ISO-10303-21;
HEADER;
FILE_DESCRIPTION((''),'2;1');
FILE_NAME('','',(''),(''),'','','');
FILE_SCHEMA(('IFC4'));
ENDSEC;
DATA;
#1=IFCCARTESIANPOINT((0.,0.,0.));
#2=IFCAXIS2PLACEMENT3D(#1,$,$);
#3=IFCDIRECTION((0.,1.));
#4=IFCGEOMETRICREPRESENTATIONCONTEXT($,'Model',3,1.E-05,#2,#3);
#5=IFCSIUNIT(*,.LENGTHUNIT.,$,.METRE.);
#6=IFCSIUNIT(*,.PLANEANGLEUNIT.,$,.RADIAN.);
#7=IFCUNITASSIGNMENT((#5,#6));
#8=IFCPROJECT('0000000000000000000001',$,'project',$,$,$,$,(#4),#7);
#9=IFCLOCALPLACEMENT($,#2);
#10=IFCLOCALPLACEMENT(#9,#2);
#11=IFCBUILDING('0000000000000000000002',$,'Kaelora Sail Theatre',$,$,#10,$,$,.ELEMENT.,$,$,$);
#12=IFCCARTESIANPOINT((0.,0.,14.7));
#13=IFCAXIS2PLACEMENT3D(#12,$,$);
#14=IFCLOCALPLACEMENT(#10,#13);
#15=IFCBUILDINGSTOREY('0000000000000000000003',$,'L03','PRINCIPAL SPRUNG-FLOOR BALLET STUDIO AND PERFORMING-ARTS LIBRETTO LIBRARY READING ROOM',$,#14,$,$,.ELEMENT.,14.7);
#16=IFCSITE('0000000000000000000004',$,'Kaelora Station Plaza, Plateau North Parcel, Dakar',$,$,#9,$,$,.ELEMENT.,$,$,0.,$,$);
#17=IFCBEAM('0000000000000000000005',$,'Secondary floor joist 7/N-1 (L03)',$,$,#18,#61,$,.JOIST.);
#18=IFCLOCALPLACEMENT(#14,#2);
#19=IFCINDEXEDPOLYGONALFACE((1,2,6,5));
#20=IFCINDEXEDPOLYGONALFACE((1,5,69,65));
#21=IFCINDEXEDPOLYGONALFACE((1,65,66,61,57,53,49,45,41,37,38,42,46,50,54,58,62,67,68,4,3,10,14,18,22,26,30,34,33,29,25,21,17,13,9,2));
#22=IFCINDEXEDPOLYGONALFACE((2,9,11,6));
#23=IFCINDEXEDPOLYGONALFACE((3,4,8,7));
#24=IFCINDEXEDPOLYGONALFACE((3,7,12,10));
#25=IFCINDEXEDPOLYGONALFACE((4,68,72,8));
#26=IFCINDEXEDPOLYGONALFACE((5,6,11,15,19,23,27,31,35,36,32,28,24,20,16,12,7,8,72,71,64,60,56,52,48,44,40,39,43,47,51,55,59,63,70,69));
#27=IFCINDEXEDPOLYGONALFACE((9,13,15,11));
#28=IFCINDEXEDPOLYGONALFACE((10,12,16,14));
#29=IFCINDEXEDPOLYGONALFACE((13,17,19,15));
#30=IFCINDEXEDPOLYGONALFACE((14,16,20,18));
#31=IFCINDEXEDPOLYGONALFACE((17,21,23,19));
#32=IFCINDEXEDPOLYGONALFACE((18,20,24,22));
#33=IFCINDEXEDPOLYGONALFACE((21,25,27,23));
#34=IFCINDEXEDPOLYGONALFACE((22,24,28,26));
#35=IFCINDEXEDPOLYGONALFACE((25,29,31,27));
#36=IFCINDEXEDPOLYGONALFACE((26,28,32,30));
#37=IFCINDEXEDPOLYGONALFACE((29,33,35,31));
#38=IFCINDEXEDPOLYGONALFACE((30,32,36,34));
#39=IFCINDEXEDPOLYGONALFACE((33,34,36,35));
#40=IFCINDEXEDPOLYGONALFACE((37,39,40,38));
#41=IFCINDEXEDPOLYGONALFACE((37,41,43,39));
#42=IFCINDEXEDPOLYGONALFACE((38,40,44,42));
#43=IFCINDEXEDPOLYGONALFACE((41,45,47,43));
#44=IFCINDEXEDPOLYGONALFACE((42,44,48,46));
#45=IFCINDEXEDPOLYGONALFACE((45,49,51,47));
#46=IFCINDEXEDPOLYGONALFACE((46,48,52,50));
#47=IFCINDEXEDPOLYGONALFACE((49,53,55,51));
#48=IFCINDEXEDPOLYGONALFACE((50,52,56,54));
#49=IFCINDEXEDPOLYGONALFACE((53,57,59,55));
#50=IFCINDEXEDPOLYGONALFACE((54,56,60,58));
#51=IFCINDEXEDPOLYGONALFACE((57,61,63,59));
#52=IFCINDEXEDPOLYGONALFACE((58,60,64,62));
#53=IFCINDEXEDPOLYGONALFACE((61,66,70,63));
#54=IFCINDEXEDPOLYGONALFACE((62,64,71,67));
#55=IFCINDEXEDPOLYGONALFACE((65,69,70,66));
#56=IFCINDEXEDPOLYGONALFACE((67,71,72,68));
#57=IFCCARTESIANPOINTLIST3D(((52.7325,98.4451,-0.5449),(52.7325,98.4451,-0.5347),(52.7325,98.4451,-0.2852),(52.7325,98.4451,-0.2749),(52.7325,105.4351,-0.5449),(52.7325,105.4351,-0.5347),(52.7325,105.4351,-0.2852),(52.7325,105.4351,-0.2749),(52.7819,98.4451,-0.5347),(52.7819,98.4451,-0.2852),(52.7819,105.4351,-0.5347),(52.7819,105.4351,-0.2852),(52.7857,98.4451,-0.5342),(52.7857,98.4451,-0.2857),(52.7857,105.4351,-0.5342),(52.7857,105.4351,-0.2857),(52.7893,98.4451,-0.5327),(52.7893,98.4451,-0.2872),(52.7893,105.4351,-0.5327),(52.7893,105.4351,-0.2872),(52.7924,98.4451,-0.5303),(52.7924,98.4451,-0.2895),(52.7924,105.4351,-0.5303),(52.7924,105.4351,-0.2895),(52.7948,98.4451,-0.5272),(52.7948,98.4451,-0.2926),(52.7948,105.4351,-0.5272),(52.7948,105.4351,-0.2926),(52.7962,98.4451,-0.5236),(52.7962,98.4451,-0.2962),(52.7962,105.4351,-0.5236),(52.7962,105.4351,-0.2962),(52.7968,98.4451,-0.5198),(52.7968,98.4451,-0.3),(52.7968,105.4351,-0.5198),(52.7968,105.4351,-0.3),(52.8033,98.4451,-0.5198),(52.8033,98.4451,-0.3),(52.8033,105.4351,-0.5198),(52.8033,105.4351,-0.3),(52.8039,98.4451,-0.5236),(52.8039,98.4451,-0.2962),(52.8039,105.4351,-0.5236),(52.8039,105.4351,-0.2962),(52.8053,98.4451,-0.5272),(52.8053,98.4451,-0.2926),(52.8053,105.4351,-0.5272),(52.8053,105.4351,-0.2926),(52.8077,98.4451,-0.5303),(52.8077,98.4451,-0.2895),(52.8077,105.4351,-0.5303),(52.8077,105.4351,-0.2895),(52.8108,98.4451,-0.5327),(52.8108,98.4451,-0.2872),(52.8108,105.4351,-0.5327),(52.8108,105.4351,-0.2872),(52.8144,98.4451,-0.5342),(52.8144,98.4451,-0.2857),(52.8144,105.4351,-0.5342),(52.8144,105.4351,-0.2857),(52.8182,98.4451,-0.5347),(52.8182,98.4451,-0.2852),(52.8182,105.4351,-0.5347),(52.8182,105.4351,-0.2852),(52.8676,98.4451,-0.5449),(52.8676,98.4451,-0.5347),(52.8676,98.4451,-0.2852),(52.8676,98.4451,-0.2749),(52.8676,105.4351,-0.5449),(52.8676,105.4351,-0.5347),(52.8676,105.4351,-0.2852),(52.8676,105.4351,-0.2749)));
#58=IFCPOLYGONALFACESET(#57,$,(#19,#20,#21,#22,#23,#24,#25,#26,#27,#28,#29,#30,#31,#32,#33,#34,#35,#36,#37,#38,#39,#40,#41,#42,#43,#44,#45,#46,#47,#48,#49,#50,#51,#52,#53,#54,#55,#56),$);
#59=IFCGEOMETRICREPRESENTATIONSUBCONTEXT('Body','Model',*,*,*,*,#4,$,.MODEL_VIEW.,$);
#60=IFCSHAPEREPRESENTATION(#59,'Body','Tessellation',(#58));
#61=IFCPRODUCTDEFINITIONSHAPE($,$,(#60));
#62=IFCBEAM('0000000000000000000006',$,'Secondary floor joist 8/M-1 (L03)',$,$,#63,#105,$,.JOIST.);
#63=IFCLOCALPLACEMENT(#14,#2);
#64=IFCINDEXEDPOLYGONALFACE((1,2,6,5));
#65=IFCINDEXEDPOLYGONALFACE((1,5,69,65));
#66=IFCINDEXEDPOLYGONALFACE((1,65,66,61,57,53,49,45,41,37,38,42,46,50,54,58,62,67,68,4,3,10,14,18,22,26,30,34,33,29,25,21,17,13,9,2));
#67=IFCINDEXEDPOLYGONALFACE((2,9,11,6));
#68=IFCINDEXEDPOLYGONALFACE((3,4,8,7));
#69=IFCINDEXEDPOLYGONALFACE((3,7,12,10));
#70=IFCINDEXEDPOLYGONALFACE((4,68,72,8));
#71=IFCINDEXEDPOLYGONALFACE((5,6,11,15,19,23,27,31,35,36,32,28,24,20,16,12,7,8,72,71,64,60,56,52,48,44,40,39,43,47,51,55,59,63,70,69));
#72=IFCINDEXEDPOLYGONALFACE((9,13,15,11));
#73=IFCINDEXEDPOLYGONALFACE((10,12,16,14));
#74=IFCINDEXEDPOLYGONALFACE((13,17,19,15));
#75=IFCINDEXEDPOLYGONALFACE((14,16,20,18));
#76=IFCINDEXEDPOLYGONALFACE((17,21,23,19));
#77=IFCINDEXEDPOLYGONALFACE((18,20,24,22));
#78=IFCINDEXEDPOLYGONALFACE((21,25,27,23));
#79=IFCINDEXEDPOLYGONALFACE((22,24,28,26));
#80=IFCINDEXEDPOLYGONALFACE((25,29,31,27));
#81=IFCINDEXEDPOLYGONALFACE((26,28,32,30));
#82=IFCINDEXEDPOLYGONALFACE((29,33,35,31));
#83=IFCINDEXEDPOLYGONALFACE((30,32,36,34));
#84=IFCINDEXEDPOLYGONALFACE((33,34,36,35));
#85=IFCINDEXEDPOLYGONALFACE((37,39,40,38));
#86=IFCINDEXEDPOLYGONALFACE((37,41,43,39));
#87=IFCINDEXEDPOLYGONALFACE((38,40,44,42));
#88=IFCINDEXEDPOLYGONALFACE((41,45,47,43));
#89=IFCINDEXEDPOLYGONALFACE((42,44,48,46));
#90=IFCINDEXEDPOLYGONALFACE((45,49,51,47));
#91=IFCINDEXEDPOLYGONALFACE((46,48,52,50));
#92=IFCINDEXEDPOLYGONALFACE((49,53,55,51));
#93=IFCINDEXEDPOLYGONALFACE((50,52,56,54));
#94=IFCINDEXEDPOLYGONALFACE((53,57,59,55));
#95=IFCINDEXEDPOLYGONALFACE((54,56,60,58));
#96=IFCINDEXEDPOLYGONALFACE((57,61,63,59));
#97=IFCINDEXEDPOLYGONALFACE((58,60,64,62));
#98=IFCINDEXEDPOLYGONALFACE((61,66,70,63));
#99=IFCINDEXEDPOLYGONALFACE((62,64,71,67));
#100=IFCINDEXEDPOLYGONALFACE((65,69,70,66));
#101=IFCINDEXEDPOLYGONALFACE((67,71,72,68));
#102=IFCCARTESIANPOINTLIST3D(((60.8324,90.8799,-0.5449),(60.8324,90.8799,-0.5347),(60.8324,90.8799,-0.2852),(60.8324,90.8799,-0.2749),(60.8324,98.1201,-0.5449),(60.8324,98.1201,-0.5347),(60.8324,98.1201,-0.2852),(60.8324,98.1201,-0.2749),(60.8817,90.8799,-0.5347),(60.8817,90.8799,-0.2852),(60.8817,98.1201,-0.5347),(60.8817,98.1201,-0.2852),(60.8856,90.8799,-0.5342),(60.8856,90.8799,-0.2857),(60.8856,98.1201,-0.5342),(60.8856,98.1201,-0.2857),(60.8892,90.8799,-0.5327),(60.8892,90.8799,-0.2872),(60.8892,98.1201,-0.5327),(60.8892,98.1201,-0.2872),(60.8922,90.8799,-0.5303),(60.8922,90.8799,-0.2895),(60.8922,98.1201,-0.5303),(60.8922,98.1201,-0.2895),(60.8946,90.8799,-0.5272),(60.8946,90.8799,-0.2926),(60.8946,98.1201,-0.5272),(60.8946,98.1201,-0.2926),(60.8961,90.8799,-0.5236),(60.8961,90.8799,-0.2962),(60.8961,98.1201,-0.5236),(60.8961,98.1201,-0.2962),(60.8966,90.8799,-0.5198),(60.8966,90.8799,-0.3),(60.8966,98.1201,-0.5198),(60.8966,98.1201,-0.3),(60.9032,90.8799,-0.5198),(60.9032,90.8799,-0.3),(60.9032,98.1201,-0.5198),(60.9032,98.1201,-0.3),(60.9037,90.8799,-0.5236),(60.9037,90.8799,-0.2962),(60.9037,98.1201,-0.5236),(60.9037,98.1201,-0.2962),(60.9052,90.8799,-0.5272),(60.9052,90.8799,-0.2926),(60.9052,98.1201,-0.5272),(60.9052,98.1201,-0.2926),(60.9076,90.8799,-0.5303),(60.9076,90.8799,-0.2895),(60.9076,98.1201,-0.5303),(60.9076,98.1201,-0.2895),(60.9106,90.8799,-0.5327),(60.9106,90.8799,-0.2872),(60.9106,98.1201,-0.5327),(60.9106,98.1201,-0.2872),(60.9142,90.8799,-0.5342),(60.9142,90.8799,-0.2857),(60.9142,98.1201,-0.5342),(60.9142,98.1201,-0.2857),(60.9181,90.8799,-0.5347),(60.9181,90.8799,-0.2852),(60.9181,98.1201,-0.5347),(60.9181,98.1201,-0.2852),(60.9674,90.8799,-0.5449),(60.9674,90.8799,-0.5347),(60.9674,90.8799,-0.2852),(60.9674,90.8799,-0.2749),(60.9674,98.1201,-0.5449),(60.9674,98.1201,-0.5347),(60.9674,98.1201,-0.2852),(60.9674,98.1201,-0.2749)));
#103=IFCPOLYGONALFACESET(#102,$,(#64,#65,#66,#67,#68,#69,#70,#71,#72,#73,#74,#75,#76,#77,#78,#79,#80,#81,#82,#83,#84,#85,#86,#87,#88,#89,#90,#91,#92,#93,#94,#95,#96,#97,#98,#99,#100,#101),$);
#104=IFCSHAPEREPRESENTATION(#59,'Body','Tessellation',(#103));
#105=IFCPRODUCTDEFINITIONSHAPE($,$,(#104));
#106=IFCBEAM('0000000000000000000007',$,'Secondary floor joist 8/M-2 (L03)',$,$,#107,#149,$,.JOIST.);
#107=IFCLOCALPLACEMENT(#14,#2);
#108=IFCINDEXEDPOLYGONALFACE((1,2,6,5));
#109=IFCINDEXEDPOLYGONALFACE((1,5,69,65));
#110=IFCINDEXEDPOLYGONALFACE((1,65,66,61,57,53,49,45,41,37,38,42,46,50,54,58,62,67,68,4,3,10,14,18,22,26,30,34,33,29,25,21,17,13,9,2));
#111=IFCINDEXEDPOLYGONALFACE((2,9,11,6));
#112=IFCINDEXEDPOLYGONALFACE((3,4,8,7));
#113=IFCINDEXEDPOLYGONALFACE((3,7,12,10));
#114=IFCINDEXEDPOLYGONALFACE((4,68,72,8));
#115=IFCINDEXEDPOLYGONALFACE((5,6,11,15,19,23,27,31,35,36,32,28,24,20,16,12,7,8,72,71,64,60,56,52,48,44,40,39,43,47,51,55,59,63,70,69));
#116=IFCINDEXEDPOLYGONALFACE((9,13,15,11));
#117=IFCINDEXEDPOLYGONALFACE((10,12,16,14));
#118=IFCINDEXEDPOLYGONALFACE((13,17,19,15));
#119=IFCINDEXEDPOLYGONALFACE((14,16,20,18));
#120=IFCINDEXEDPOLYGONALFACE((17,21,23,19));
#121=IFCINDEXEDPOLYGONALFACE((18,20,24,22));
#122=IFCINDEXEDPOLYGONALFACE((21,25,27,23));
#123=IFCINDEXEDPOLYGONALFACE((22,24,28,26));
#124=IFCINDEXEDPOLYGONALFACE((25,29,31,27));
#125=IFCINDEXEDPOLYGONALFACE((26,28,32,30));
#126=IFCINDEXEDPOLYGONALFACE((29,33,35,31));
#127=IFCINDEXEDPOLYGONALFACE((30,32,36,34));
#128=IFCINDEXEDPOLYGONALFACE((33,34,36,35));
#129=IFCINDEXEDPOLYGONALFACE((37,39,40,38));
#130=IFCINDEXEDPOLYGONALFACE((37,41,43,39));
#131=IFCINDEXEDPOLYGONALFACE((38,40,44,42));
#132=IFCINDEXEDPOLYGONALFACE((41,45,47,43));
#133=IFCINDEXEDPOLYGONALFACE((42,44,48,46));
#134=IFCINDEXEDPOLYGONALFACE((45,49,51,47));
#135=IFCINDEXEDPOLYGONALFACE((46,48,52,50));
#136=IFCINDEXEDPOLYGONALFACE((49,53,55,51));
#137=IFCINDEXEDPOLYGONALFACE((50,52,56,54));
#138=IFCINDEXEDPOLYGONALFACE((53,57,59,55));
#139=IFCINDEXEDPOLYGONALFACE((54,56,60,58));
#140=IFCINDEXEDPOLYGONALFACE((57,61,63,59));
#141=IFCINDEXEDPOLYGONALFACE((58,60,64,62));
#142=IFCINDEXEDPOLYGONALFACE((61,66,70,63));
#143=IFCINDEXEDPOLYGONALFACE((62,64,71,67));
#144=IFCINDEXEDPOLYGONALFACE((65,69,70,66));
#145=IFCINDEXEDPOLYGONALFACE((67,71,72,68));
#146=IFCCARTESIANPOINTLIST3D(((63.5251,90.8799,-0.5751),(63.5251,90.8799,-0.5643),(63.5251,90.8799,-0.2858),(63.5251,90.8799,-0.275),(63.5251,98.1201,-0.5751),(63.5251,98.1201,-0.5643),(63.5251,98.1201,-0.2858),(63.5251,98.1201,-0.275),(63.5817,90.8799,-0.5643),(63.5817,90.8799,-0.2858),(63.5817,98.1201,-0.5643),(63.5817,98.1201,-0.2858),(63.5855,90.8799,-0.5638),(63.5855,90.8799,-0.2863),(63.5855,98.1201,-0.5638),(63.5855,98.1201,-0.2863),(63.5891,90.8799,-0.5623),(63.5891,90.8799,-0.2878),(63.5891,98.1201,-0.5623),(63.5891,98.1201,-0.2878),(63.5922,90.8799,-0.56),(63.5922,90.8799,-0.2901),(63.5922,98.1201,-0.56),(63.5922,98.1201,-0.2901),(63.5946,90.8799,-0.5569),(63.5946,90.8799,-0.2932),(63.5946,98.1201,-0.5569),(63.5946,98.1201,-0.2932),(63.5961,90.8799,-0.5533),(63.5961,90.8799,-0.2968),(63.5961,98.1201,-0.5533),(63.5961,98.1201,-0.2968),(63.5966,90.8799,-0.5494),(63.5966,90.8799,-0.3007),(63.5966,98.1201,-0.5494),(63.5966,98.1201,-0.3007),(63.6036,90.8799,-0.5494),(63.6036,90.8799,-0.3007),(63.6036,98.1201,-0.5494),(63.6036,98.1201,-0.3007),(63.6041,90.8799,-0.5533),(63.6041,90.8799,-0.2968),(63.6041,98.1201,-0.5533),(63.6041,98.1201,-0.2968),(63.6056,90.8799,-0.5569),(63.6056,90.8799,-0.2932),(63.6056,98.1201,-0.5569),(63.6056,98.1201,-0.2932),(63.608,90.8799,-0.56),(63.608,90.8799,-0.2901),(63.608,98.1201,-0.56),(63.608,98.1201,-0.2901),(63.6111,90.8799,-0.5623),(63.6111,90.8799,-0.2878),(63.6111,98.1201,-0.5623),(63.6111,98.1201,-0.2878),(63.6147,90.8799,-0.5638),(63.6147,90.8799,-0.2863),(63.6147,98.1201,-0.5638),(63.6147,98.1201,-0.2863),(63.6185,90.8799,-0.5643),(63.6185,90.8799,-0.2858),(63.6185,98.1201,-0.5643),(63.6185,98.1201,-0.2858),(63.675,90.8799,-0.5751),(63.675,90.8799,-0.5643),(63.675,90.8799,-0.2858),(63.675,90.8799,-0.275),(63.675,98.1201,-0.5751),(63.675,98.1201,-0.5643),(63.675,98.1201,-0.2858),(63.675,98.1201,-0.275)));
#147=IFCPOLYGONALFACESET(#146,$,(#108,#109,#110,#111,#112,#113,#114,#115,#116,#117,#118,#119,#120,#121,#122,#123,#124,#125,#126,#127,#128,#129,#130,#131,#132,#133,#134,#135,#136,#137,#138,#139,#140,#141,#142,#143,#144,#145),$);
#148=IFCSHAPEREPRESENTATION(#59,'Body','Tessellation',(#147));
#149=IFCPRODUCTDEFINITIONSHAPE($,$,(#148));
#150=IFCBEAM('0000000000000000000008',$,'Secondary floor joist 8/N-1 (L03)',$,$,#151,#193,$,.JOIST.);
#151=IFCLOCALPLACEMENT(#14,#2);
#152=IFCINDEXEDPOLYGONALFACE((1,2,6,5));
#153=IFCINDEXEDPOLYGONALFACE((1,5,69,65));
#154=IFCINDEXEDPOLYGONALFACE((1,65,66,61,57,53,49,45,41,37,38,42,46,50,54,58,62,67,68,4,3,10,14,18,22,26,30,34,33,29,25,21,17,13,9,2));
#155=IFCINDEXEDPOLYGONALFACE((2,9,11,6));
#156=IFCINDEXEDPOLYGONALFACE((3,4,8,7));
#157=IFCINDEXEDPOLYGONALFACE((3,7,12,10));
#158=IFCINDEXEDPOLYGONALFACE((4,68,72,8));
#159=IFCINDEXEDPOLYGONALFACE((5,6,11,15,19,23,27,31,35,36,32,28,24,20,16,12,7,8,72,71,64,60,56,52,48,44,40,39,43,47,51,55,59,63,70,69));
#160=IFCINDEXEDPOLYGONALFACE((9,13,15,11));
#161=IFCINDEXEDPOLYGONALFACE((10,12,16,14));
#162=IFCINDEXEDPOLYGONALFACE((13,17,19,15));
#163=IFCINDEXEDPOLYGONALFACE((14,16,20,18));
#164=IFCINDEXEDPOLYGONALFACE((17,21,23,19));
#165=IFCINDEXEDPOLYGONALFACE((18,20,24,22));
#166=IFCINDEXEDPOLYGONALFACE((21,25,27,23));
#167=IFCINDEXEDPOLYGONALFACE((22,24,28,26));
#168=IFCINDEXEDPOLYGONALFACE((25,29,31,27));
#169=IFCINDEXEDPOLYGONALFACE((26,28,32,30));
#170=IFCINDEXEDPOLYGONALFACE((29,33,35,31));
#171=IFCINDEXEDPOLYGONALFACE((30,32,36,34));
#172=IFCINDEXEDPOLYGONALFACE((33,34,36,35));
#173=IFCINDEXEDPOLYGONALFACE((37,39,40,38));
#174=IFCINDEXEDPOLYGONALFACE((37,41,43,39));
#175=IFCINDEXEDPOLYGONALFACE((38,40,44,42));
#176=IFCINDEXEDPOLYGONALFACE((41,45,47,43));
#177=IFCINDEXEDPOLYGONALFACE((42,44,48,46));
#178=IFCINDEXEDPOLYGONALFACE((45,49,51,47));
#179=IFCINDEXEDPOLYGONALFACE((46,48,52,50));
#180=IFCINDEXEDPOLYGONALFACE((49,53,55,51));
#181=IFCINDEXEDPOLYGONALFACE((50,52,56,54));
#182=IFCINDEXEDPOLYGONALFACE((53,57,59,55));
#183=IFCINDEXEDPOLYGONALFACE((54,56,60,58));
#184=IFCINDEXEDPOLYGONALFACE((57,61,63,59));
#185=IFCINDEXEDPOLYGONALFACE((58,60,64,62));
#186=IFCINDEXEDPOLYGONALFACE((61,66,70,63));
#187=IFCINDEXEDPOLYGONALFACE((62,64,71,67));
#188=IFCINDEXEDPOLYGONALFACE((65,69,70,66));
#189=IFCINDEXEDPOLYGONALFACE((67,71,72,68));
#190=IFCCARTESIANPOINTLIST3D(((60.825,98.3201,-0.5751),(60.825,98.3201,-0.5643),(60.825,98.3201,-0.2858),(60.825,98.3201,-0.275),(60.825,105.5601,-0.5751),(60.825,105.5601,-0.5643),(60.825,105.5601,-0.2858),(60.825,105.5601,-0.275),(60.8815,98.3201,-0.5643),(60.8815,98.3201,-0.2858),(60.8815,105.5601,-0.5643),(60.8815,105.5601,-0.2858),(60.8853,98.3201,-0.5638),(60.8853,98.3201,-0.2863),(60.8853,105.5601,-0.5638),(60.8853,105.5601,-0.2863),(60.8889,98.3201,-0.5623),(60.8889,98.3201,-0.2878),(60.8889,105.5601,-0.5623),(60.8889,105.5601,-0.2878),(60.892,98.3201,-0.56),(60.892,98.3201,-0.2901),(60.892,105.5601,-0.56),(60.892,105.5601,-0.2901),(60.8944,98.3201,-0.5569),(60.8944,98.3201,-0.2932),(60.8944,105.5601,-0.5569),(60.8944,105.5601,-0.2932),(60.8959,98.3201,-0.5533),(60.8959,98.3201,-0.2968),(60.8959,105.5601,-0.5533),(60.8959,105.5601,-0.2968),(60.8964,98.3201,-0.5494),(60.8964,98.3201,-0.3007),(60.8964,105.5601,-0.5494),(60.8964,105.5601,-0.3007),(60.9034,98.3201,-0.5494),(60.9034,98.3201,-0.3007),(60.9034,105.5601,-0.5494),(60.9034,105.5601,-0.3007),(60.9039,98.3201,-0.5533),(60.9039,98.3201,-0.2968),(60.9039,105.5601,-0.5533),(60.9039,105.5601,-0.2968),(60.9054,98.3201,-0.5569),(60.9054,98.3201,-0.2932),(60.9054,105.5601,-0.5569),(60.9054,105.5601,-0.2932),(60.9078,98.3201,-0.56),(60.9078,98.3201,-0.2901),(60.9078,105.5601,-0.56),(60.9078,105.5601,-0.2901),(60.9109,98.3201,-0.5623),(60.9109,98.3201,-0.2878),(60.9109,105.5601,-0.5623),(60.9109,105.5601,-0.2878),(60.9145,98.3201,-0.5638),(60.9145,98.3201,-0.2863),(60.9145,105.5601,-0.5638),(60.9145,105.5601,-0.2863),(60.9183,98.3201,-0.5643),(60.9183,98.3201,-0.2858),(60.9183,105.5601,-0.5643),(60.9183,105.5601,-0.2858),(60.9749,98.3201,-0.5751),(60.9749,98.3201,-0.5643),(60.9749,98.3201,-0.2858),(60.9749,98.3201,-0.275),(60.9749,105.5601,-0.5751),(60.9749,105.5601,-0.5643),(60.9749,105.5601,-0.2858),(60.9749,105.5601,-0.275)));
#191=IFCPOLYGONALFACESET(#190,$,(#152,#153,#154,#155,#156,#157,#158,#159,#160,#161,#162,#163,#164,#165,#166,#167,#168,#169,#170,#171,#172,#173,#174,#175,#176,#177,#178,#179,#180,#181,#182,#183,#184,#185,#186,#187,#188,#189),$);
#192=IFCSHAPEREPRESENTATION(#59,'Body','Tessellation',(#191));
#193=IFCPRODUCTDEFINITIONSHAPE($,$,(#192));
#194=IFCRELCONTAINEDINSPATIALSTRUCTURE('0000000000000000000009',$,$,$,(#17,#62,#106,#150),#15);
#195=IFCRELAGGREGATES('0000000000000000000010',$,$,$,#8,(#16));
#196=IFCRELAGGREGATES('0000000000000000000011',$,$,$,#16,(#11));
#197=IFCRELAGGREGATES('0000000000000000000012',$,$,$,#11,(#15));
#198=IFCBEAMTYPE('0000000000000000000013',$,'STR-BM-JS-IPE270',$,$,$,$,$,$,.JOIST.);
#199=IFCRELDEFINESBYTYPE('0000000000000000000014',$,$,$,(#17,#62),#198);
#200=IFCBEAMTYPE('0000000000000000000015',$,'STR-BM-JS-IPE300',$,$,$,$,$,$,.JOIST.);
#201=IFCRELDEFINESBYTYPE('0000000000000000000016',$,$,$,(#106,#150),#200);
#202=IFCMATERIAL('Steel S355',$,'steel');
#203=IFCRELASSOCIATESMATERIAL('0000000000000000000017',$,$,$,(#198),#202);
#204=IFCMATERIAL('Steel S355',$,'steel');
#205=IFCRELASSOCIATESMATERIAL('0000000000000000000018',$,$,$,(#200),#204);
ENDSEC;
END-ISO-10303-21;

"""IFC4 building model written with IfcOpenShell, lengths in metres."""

from ifc_helpers import new_model, si_unit, direction, frame, origin, origin_2d, place, context, subcontext, project, spatial, i_section, extrude, material, material_profile, profile_set, type_object, element, save


model = new_model("IFC4")

# Units and contexts
model_context = context("Model", 3, precision=1e-05, world=origin(), true_north=direction((0.0, 1.0)))
body_context = subcontext(model_context, "Body", "Model", "MODEL_VIEW")
ifc_project = project(units=[si_unit("LENGTHUNIT", "METRE"), si_unit("PLANEANGLEUNIT", "RADIAN")], contexts=[model_context])

# Site, building, storey
site_placement = place(None, origin())
site = spatial("IfcSite", under=ifc_project, at=site_placement, Name="Kaelora Station Plaza, Plateau North Parcel, Dakar", CompositionType="ELEMENT", RefElevation=0.0)
building_placement = place(site_placement, origin())
building = spatial("IfcBuilding", under=site, at=building_placement, Name="Kaelora Sail Theatre", CompositionType="ELEMENT")
storey_placement = place(building_placement, frame((0.0, 0.0, 14.7)))
storey = spatial("IfcBuildingStorey", under=building, at=storey_placement, Name="L03", Description="PRINCIPAL SPRUNG-FLOOR BALLET STUDIO AND PERFORMING-ARTS LIBRETTO LIBRARY READING ROOM", CompositionType="ELEMENT", Elevation=14.7)

# Beams
ifc_material_1 = material(Name="Steel S355", Category="steel")
ifc_material_profile_1 = material_profile(ifc_material_1, i_section(OverallWidth=0.135, OverallDepth=0.27, WebThickness=0.0066, FlangeThickness=0.0103, FilletRadius=0.0149, at=origin_2d()), Name="IPE 270")
ifc_profile_set_1 = profile_set([ifc_material_profile_1], Name="Steel S355")
beam_type_1 = type_object("IfcBeamType", Name="STR-BM-JS-IPE270", PredefinedType="JOIST", material=ifc_profile_set_1)
beam_1_placement = place(storey_placement, frame((52.8, 98.4451, -0.4099), z_axis=(0.0, 1.0, 0.0), x_axis=(-1.0, 0.0, 0.0)))
element("IfcBeam", 1, at=beam_1_placement, inside=storey, type_object=beam_type_1, Name="Secondary floor joist 7/N-1 (L03)", PredefinedType="JOIST", context=body_context, shape_type="SweptSolid", body=[
    extrude(i_section(OverallWidth=0.135, OverallDepth=0.27, WebThickness=0.0066, FlangeThickness=0.0103, FilletRadius=0.0149, at=origin_2d()), origin(), (0.0, 0.0, 1.0), 6.99),
])
beam_2_placement = place(storey_placement, frame((60.8999, 90.8799, -0.4099), z_axis=(0.0, 1.0, 0.0), x_axis=(-1.0, 0.0, 0.0)))
element("IfcBeam", 2, at=beam_2_placement, inside=storey, type_object=beam_type_1, Name="Secondary floor joist 8/M-1 (L03)", PredefinedType="JOIST", context=body_context, shape_type="SweptSolid", body=[
    extrude(i_section(OverallWidth=0.135, OverallDepth=0.27, WebThickness=0.0066, FlangeThickness=0.0103, FilletRadius=0.0149, at=origin_2d()), origin(), (0.0, 0.0, 1.0), 7.2402),
])
ifc_material_2 = material(Name="Steel S355", Category="steel")
ifc_material_profile_2 = material_profile(ifc_material_2, i_section(OverallWidth=0.1499, OverallDepth=0.3, WebThickness=0.0071, FlangeThickness=0.0107, FilletRadius=0.0149, at=origin_2d()), Name="IPE 300")
ifc_profile_set_2 = profile_set([ifc_material_profile_2], Name="Steel S355")
beam_type_2 = type_object("IfcBeamType", Name="STR-BM-JS-IPE300", PredefinedType="JOIST", material=ifc_profile_set_2)
beam_3_placement = place(storey_placement, frame((63.6001, 90.8799, -0.425), z_axis=(0.0, 1.0, 0.0), x_axis=(-1.0, 0.0, 0.0)))
element("IfcBeam", 3, at=beam_3_placement, inside=storey, type_object=beam_type_2, Name="Secondary floor joist 8/M-2 (L03)", PredefinedType="JOIST", context=body_context, shape_type="SweptSolid", body=[
    extrude(i_section(OverallWidth=0.1499, OverallDepth=0.3, WebThickness=0.0071, FlangeThickness=0.0107, FilletRadius=0.0149, at=origin_2d()), origin(), (0.0, 0.0, 1.0), 7.2402),
])
beam_4_placement = place(storey_placement, frame((60.8999, 98.3201, -0.425), z_axis=(0.0, 1.0, 0.0), x_axis=(-1.0, 0.0, 0.0)))
element("IfcBeam", 4, at=beam_4_placement, inside=storey, type_object=beam_type_2, Name="Secondary floor joist 8/N-1 (L03)", PredefinedType="JOIST", context=body_context, shape_type="SweptSolid", body=[
    extrude(i_section(OverallWidth=0.1499, OverallDepth=0.3, WebThickness=0.0071, FlangeThickness=0.0107, FilletRadius=0.0149, at=origin_2d()), origin(), (0.0, 0.0, 1.0), 7.24),
])

save(model, "model.ifc")
